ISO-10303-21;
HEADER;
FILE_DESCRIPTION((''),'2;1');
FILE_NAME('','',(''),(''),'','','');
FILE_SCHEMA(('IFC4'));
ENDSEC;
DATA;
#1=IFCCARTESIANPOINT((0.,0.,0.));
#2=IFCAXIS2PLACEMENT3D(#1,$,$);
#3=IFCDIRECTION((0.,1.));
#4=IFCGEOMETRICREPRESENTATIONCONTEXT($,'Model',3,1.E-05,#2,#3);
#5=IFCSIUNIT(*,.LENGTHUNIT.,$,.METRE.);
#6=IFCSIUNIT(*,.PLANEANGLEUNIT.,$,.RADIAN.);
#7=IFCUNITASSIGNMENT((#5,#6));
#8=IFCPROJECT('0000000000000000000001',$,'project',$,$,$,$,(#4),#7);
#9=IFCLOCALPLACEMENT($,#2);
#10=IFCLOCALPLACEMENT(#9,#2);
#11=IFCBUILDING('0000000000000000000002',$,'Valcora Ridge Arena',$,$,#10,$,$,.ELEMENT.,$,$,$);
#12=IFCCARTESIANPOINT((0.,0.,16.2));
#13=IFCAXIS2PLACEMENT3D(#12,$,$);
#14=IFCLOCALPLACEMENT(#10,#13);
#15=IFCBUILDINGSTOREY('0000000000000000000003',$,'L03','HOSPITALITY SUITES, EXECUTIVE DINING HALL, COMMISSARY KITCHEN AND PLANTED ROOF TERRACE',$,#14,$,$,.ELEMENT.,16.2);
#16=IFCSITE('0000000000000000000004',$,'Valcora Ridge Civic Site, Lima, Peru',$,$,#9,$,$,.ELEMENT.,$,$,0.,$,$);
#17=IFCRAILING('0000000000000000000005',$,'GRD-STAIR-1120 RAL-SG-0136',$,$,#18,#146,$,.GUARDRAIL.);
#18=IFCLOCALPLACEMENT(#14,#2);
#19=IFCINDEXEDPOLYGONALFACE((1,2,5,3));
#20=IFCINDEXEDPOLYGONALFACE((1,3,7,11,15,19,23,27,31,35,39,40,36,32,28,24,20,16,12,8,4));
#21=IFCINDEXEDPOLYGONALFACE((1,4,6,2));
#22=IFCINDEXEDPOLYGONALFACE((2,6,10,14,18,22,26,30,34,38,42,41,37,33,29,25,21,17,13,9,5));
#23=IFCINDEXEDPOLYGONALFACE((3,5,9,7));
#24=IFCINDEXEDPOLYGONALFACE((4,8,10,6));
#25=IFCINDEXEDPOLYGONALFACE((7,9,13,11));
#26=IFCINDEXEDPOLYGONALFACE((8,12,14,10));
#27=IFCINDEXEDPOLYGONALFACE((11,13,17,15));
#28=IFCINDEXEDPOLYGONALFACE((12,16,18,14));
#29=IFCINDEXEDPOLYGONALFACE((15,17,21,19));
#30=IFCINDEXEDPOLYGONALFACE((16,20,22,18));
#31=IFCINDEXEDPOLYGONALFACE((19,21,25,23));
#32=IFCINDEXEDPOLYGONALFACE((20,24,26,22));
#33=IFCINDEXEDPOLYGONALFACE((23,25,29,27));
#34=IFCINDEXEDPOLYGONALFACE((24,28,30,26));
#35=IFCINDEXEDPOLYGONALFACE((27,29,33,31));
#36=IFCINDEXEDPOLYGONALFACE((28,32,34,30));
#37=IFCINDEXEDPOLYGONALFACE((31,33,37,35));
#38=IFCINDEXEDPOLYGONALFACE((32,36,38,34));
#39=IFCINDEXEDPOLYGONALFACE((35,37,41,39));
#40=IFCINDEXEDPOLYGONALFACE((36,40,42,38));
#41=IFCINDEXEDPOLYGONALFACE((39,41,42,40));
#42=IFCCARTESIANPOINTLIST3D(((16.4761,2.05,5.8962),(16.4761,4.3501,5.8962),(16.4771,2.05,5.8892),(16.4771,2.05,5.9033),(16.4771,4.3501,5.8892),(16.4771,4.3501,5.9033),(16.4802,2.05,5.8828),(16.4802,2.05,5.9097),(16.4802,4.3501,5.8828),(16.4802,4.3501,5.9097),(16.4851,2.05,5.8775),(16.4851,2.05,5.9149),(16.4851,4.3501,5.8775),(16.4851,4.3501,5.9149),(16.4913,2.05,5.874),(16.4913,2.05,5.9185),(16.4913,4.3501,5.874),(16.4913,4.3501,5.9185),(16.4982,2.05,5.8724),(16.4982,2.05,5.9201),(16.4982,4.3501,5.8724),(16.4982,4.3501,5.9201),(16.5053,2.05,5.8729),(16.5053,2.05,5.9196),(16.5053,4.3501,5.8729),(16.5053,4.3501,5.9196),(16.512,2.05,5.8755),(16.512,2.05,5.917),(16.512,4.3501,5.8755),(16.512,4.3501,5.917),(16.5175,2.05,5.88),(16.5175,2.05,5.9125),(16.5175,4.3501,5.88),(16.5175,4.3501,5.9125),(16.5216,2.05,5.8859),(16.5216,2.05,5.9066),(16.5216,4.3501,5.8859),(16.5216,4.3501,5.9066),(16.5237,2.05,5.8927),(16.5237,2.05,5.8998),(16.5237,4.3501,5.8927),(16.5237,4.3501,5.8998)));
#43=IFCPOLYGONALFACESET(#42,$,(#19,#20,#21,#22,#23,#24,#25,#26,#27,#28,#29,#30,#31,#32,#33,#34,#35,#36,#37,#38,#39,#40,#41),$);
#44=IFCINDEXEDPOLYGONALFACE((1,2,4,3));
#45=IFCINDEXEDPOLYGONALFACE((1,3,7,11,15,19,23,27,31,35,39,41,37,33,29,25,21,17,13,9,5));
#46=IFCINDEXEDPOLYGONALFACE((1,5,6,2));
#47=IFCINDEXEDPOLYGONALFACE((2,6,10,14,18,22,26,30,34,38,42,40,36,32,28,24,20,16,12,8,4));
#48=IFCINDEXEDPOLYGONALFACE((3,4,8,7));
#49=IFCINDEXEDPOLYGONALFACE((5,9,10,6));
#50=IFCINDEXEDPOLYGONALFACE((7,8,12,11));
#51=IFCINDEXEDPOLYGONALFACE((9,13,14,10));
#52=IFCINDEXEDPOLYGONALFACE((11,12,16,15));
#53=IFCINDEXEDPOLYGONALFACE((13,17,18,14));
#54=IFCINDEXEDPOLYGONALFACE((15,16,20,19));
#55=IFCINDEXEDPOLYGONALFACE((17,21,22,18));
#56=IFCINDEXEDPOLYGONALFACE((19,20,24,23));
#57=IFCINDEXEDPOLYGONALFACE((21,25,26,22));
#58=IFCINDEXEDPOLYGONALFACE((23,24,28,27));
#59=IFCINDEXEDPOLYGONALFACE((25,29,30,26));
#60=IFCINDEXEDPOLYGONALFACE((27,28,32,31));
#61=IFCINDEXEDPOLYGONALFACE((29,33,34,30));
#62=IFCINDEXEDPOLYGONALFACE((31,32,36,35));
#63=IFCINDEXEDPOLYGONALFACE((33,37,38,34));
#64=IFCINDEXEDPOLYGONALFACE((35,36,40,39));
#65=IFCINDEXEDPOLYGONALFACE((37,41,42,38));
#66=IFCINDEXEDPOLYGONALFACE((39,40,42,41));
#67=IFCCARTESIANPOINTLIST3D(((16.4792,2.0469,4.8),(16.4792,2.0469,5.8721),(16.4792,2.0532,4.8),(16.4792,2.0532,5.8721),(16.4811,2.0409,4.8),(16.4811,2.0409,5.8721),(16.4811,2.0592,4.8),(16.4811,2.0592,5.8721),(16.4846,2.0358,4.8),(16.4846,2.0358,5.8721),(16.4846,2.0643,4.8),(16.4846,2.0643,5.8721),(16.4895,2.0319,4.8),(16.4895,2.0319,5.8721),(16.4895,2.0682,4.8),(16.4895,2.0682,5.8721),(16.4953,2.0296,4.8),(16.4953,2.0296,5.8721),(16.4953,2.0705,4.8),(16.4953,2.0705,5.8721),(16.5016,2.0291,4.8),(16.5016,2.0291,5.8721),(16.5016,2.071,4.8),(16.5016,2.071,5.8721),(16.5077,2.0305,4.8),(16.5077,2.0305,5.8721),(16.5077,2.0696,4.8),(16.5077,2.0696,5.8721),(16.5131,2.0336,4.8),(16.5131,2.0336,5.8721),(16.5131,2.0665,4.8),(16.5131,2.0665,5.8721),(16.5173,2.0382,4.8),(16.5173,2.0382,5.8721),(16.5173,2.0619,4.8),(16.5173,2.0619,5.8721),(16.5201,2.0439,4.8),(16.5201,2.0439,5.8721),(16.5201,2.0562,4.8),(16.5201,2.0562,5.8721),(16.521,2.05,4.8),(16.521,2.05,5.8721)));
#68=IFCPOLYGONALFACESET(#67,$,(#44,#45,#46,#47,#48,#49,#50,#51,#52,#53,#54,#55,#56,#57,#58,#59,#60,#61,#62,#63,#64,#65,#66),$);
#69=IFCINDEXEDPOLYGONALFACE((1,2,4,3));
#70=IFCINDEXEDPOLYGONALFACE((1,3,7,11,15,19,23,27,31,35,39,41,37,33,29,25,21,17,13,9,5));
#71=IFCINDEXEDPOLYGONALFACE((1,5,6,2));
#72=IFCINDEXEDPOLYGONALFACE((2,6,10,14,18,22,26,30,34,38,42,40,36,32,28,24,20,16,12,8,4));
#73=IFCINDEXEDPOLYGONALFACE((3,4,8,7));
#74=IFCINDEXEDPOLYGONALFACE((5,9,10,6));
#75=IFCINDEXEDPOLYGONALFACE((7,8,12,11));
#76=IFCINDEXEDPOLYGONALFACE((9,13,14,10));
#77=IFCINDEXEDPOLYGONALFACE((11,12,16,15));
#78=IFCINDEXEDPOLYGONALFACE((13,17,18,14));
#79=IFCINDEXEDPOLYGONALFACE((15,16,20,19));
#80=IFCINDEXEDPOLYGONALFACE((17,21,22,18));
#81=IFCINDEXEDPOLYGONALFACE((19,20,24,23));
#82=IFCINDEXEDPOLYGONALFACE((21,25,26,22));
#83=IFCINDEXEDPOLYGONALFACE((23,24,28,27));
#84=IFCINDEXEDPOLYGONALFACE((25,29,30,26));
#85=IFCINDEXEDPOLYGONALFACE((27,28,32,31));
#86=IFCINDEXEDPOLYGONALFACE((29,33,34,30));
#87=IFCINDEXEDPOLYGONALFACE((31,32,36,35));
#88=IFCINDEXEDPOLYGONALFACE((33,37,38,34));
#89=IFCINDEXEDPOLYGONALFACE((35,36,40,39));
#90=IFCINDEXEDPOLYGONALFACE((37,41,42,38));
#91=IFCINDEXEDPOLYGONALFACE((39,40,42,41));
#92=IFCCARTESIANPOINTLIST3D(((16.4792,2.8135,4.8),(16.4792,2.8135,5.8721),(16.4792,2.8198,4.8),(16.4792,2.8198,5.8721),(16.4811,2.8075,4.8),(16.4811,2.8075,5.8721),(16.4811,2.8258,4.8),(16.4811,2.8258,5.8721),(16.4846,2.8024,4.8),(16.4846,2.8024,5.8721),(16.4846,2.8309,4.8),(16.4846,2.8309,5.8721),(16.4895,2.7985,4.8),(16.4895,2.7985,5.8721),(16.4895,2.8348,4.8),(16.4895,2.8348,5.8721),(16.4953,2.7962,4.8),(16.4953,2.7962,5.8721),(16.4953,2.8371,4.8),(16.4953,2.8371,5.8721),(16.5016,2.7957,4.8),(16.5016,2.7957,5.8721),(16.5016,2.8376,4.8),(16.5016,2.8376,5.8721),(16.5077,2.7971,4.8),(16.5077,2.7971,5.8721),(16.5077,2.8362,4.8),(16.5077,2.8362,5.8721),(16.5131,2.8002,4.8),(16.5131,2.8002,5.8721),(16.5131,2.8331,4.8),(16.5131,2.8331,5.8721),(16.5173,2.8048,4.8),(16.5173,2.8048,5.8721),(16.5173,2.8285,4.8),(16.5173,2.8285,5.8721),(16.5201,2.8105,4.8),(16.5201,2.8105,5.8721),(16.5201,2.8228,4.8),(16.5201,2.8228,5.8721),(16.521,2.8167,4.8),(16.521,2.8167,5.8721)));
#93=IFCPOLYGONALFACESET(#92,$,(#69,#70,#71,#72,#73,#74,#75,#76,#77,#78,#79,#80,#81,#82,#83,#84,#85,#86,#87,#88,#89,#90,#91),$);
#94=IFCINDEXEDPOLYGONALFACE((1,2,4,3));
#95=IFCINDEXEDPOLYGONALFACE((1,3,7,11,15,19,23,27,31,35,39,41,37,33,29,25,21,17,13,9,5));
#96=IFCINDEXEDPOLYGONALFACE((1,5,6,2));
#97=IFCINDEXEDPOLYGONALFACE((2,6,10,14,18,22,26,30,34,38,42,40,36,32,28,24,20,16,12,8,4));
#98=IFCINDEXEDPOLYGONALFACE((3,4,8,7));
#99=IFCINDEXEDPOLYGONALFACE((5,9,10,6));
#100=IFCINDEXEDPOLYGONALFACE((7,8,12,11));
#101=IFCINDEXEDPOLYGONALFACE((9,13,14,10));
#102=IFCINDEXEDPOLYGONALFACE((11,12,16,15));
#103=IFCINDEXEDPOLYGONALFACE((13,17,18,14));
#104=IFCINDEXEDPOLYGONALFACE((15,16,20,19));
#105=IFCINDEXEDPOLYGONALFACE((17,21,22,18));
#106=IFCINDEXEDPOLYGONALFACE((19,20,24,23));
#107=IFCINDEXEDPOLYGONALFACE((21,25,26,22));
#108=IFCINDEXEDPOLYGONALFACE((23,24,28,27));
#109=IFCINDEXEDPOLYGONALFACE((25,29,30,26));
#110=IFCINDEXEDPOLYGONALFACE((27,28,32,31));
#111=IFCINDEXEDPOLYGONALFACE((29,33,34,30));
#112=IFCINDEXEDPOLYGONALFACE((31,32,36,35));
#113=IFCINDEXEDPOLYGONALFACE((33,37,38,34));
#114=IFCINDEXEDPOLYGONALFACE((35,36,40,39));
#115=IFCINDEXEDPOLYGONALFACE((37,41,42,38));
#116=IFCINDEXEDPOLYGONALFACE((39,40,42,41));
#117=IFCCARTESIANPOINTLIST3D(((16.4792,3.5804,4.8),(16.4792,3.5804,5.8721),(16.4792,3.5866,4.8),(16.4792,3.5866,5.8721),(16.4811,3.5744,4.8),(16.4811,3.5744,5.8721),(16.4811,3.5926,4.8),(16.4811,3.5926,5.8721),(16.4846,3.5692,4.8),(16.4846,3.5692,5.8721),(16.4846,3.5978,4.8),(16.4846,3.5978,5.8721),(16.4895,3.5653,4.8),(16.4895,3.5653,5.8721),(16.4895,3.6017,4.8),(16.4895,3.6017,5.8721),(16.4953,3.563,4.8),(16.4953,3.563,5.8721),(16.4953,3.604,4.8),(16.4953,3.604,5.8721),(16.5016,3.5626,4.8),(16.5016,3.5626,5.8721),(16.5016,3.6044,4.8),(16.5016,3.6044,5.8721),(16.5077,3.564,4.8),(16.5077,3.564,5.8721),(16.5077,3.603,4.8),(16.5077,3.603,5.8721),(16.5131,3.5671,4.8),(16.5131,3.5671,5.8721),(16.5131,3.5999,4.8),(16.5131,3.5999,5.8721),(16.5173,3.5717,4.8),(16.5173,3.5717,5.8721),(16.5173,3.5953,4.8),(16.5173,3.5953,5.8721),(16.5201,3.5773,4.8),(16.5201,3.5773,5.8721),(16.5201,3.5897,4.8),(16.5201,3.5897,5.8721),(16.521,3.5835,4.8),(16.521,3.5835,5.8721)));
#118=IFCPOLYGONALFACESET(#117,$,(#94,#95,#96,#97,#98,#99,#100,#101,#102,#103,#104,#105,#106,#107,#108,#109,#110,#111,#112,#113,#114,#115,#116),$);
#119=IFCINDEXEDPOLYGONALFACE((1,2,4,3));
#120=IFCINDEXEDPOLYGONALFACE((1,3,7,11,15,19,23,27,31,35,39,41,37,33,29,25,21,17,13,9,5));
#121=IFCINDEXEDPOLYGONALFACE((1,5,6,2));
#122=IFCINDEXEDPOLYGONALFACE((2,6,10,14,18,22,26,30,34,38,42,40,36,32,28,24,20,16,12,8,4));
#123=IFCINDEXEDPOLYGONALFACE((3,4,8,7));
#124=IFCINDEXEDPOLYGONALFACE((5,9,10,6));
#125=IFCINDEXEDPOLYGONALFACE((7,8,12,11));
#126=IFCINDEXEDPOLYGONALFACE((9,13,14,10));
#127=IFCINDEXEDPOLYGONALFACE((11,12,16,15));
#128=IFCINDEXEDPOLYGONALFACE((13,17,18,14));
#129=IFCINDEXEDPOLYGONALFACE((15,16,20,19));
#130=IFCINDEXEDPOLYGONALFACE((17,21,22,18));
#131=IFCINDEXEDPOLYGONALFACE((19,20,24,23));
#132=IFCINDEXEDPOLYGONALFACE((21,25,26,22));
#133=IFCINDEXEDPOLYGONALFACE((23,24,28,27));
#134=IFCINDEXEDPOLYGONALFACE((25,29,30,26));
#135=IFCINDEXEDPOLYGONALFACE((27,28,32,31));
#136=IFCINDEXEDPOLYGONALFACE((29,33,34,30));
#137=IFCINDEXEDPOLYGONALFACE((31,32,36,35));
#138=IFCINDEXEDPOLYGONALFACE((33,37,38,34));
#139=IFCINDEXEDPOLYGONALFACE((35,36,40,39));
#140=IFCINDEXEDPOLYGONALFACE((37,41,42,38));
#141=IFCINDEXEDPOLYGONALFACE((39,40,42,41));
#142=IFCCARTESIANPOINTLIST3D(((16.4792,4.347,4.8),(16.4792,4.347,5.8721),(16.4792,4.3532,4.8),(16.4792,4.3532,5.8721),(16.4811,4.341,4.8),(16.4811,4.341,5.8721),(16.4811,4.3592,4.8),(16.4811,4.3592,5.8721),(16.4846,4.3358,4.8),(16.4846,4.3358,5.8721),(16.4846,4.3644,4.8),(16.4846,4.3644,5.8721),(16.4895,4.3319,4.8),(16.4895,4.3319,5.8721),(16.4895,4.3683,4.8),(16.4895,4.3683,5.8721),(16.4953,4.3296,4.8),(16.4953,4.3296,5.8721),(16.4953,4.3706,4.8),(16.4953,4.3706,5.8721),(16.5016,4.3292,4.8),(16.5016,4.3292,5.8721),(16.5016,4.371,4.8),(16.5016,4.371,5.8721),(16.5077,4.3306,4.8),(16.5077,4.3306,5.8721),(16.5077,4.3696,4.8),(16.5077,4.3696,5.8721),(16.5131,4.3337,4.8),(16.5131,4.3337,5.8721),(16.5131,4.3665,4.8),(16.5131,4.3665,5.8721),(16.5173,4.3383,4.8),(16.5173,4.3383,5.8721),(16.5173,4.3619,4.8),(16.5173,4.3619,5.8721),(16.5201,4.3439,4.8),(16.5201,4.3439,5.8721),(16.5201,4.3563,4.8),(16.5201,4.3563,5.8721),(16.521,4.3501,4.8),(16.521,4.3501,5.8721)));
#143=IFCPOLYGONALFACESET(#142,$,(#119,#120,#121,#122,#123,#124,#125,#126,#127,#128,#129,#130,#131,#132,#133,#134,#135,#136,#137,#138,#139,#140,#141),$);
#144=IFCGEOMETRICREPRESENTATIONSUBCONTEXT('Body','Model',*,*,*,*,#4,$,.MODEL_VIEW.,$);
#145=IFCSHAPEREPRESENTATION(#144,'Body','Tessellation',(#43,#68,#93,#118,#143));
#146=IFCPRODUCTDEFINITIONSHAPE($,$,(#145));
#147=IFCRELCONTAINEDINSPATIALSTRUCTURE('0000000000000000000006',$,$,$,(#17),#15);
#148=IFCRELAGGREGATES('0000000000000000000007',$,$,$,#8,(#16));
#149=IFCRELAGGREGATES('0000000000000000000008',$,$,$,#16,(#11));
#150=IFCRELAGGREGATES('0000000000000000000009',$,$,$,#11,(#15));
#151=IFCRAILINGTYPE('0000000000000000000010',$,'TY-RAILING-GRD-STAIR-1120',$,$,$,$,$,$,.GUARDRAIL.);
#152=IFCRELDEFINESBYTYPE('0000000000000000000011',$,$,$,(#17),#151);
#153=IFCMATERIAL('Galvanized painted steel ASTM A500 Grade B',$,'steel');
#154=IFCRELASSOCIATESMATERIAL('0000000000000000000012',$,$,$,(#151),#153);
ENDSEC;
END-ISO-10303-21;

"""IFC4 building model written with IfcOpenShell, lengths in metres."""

from ifc_helpers import new_model, si_unit, direction, frame, origin, origin_2d, place, context, subcontext, project, spatial, circle, extrude, material, type_object, element, save


model = new_model("IFC4")

# Units and contexts
model_context = context("Model", 3, precision=1e-05, world=origin(), true_north=direction((0.0, 1.0)))
body_context = subcontext(model_context, "Body", "Model", "MODEL_VIEW")
ifc_project = project(units=[si_unit("LENGTHUNIT", "METRE"), si_unit("PLANEANGLEUNIT", "RADIAN")], contexts=[model_context])

# Site, building, storey
site_placement = place(None, origin())
site = spatial("IfcSite", under=ifc_project, at=site_placement, Name="Valcora Ridge Civic Site, Lima, Peru", CompositionType="ELEMENT", RefElevation=0.0)
building_placement = place(site_placement, origin())
building = spatial("IfcBuilding", under=site, at=building_placement, Name="Valcora Ridge Arena", CompositionType="ELEMENT")
storey_placement = place(building_placement, frame((0.0, 0.0, 16.2)))
storey = spatial("IfcBuildingStorey", under=building, at=storey_placement, Name="L03", Description="HOSPITALITY SUITES, EXECUTIVE DINING HALL, COMMISSARY KITCHEN AND PLANTED ROOF TERRACE", CompositionType="ELEMENT", Elevation=16.2)

# Railing
ifc_material_1 = material(Name="Galvanized painted steel ASTM A500 Grade B", Category="steel")
railing_type_1 = type_object("IfcRailingType", Name="TY-RAILING-GRD-STAIR-1120", PredefinedType="GUARDRAIL", material=ifc_material_1)
railing_1_placement = place(storey_placement, frame((16.5, 2.05, 4.8)))
element("IfcRailing", 1, at=railing_1_placement, inside=storey, type_object=railing_type_1, Name="GRD-STAIR-1120 RAL-SG-0136", PredefinedType="GUARDRAIL", context=body_context, shape_type="SweptSolid", body=[
    extrude(circle(Radius=0.0239, at=origin_2d()), frame((0.0, 0.0, 1.0962), z_axis=(0.0, 1.0, 0.0), x_axis=(-1.0, 0.0, 0.0)), (0.0, 0.0, 1.0), 2.3),
    extrude(circle(Radius=0.021, at=origin_2d()), origin(), (0.0, 0.0, 1.0), 1.072),
    extrude(circle(Radius=0.021, at=origin_2d()), frame((0.0, 0.7666, 0.0)), (0.0, 0.0, 1.0), 1.072),
    extrude(circle(Radius=0.021, at=origin_2d()), frame((0.0, 1.5334, 0.0)), (0.0, 0.0, 1.0), 1.072),
    extrude(circle(Radius=0.021, at=origin_2d()), frame((0.0, 2.3, 0.0)), (0.0, 0.0, 1.0), 1.072),
])

save(model, "model.ifc")
